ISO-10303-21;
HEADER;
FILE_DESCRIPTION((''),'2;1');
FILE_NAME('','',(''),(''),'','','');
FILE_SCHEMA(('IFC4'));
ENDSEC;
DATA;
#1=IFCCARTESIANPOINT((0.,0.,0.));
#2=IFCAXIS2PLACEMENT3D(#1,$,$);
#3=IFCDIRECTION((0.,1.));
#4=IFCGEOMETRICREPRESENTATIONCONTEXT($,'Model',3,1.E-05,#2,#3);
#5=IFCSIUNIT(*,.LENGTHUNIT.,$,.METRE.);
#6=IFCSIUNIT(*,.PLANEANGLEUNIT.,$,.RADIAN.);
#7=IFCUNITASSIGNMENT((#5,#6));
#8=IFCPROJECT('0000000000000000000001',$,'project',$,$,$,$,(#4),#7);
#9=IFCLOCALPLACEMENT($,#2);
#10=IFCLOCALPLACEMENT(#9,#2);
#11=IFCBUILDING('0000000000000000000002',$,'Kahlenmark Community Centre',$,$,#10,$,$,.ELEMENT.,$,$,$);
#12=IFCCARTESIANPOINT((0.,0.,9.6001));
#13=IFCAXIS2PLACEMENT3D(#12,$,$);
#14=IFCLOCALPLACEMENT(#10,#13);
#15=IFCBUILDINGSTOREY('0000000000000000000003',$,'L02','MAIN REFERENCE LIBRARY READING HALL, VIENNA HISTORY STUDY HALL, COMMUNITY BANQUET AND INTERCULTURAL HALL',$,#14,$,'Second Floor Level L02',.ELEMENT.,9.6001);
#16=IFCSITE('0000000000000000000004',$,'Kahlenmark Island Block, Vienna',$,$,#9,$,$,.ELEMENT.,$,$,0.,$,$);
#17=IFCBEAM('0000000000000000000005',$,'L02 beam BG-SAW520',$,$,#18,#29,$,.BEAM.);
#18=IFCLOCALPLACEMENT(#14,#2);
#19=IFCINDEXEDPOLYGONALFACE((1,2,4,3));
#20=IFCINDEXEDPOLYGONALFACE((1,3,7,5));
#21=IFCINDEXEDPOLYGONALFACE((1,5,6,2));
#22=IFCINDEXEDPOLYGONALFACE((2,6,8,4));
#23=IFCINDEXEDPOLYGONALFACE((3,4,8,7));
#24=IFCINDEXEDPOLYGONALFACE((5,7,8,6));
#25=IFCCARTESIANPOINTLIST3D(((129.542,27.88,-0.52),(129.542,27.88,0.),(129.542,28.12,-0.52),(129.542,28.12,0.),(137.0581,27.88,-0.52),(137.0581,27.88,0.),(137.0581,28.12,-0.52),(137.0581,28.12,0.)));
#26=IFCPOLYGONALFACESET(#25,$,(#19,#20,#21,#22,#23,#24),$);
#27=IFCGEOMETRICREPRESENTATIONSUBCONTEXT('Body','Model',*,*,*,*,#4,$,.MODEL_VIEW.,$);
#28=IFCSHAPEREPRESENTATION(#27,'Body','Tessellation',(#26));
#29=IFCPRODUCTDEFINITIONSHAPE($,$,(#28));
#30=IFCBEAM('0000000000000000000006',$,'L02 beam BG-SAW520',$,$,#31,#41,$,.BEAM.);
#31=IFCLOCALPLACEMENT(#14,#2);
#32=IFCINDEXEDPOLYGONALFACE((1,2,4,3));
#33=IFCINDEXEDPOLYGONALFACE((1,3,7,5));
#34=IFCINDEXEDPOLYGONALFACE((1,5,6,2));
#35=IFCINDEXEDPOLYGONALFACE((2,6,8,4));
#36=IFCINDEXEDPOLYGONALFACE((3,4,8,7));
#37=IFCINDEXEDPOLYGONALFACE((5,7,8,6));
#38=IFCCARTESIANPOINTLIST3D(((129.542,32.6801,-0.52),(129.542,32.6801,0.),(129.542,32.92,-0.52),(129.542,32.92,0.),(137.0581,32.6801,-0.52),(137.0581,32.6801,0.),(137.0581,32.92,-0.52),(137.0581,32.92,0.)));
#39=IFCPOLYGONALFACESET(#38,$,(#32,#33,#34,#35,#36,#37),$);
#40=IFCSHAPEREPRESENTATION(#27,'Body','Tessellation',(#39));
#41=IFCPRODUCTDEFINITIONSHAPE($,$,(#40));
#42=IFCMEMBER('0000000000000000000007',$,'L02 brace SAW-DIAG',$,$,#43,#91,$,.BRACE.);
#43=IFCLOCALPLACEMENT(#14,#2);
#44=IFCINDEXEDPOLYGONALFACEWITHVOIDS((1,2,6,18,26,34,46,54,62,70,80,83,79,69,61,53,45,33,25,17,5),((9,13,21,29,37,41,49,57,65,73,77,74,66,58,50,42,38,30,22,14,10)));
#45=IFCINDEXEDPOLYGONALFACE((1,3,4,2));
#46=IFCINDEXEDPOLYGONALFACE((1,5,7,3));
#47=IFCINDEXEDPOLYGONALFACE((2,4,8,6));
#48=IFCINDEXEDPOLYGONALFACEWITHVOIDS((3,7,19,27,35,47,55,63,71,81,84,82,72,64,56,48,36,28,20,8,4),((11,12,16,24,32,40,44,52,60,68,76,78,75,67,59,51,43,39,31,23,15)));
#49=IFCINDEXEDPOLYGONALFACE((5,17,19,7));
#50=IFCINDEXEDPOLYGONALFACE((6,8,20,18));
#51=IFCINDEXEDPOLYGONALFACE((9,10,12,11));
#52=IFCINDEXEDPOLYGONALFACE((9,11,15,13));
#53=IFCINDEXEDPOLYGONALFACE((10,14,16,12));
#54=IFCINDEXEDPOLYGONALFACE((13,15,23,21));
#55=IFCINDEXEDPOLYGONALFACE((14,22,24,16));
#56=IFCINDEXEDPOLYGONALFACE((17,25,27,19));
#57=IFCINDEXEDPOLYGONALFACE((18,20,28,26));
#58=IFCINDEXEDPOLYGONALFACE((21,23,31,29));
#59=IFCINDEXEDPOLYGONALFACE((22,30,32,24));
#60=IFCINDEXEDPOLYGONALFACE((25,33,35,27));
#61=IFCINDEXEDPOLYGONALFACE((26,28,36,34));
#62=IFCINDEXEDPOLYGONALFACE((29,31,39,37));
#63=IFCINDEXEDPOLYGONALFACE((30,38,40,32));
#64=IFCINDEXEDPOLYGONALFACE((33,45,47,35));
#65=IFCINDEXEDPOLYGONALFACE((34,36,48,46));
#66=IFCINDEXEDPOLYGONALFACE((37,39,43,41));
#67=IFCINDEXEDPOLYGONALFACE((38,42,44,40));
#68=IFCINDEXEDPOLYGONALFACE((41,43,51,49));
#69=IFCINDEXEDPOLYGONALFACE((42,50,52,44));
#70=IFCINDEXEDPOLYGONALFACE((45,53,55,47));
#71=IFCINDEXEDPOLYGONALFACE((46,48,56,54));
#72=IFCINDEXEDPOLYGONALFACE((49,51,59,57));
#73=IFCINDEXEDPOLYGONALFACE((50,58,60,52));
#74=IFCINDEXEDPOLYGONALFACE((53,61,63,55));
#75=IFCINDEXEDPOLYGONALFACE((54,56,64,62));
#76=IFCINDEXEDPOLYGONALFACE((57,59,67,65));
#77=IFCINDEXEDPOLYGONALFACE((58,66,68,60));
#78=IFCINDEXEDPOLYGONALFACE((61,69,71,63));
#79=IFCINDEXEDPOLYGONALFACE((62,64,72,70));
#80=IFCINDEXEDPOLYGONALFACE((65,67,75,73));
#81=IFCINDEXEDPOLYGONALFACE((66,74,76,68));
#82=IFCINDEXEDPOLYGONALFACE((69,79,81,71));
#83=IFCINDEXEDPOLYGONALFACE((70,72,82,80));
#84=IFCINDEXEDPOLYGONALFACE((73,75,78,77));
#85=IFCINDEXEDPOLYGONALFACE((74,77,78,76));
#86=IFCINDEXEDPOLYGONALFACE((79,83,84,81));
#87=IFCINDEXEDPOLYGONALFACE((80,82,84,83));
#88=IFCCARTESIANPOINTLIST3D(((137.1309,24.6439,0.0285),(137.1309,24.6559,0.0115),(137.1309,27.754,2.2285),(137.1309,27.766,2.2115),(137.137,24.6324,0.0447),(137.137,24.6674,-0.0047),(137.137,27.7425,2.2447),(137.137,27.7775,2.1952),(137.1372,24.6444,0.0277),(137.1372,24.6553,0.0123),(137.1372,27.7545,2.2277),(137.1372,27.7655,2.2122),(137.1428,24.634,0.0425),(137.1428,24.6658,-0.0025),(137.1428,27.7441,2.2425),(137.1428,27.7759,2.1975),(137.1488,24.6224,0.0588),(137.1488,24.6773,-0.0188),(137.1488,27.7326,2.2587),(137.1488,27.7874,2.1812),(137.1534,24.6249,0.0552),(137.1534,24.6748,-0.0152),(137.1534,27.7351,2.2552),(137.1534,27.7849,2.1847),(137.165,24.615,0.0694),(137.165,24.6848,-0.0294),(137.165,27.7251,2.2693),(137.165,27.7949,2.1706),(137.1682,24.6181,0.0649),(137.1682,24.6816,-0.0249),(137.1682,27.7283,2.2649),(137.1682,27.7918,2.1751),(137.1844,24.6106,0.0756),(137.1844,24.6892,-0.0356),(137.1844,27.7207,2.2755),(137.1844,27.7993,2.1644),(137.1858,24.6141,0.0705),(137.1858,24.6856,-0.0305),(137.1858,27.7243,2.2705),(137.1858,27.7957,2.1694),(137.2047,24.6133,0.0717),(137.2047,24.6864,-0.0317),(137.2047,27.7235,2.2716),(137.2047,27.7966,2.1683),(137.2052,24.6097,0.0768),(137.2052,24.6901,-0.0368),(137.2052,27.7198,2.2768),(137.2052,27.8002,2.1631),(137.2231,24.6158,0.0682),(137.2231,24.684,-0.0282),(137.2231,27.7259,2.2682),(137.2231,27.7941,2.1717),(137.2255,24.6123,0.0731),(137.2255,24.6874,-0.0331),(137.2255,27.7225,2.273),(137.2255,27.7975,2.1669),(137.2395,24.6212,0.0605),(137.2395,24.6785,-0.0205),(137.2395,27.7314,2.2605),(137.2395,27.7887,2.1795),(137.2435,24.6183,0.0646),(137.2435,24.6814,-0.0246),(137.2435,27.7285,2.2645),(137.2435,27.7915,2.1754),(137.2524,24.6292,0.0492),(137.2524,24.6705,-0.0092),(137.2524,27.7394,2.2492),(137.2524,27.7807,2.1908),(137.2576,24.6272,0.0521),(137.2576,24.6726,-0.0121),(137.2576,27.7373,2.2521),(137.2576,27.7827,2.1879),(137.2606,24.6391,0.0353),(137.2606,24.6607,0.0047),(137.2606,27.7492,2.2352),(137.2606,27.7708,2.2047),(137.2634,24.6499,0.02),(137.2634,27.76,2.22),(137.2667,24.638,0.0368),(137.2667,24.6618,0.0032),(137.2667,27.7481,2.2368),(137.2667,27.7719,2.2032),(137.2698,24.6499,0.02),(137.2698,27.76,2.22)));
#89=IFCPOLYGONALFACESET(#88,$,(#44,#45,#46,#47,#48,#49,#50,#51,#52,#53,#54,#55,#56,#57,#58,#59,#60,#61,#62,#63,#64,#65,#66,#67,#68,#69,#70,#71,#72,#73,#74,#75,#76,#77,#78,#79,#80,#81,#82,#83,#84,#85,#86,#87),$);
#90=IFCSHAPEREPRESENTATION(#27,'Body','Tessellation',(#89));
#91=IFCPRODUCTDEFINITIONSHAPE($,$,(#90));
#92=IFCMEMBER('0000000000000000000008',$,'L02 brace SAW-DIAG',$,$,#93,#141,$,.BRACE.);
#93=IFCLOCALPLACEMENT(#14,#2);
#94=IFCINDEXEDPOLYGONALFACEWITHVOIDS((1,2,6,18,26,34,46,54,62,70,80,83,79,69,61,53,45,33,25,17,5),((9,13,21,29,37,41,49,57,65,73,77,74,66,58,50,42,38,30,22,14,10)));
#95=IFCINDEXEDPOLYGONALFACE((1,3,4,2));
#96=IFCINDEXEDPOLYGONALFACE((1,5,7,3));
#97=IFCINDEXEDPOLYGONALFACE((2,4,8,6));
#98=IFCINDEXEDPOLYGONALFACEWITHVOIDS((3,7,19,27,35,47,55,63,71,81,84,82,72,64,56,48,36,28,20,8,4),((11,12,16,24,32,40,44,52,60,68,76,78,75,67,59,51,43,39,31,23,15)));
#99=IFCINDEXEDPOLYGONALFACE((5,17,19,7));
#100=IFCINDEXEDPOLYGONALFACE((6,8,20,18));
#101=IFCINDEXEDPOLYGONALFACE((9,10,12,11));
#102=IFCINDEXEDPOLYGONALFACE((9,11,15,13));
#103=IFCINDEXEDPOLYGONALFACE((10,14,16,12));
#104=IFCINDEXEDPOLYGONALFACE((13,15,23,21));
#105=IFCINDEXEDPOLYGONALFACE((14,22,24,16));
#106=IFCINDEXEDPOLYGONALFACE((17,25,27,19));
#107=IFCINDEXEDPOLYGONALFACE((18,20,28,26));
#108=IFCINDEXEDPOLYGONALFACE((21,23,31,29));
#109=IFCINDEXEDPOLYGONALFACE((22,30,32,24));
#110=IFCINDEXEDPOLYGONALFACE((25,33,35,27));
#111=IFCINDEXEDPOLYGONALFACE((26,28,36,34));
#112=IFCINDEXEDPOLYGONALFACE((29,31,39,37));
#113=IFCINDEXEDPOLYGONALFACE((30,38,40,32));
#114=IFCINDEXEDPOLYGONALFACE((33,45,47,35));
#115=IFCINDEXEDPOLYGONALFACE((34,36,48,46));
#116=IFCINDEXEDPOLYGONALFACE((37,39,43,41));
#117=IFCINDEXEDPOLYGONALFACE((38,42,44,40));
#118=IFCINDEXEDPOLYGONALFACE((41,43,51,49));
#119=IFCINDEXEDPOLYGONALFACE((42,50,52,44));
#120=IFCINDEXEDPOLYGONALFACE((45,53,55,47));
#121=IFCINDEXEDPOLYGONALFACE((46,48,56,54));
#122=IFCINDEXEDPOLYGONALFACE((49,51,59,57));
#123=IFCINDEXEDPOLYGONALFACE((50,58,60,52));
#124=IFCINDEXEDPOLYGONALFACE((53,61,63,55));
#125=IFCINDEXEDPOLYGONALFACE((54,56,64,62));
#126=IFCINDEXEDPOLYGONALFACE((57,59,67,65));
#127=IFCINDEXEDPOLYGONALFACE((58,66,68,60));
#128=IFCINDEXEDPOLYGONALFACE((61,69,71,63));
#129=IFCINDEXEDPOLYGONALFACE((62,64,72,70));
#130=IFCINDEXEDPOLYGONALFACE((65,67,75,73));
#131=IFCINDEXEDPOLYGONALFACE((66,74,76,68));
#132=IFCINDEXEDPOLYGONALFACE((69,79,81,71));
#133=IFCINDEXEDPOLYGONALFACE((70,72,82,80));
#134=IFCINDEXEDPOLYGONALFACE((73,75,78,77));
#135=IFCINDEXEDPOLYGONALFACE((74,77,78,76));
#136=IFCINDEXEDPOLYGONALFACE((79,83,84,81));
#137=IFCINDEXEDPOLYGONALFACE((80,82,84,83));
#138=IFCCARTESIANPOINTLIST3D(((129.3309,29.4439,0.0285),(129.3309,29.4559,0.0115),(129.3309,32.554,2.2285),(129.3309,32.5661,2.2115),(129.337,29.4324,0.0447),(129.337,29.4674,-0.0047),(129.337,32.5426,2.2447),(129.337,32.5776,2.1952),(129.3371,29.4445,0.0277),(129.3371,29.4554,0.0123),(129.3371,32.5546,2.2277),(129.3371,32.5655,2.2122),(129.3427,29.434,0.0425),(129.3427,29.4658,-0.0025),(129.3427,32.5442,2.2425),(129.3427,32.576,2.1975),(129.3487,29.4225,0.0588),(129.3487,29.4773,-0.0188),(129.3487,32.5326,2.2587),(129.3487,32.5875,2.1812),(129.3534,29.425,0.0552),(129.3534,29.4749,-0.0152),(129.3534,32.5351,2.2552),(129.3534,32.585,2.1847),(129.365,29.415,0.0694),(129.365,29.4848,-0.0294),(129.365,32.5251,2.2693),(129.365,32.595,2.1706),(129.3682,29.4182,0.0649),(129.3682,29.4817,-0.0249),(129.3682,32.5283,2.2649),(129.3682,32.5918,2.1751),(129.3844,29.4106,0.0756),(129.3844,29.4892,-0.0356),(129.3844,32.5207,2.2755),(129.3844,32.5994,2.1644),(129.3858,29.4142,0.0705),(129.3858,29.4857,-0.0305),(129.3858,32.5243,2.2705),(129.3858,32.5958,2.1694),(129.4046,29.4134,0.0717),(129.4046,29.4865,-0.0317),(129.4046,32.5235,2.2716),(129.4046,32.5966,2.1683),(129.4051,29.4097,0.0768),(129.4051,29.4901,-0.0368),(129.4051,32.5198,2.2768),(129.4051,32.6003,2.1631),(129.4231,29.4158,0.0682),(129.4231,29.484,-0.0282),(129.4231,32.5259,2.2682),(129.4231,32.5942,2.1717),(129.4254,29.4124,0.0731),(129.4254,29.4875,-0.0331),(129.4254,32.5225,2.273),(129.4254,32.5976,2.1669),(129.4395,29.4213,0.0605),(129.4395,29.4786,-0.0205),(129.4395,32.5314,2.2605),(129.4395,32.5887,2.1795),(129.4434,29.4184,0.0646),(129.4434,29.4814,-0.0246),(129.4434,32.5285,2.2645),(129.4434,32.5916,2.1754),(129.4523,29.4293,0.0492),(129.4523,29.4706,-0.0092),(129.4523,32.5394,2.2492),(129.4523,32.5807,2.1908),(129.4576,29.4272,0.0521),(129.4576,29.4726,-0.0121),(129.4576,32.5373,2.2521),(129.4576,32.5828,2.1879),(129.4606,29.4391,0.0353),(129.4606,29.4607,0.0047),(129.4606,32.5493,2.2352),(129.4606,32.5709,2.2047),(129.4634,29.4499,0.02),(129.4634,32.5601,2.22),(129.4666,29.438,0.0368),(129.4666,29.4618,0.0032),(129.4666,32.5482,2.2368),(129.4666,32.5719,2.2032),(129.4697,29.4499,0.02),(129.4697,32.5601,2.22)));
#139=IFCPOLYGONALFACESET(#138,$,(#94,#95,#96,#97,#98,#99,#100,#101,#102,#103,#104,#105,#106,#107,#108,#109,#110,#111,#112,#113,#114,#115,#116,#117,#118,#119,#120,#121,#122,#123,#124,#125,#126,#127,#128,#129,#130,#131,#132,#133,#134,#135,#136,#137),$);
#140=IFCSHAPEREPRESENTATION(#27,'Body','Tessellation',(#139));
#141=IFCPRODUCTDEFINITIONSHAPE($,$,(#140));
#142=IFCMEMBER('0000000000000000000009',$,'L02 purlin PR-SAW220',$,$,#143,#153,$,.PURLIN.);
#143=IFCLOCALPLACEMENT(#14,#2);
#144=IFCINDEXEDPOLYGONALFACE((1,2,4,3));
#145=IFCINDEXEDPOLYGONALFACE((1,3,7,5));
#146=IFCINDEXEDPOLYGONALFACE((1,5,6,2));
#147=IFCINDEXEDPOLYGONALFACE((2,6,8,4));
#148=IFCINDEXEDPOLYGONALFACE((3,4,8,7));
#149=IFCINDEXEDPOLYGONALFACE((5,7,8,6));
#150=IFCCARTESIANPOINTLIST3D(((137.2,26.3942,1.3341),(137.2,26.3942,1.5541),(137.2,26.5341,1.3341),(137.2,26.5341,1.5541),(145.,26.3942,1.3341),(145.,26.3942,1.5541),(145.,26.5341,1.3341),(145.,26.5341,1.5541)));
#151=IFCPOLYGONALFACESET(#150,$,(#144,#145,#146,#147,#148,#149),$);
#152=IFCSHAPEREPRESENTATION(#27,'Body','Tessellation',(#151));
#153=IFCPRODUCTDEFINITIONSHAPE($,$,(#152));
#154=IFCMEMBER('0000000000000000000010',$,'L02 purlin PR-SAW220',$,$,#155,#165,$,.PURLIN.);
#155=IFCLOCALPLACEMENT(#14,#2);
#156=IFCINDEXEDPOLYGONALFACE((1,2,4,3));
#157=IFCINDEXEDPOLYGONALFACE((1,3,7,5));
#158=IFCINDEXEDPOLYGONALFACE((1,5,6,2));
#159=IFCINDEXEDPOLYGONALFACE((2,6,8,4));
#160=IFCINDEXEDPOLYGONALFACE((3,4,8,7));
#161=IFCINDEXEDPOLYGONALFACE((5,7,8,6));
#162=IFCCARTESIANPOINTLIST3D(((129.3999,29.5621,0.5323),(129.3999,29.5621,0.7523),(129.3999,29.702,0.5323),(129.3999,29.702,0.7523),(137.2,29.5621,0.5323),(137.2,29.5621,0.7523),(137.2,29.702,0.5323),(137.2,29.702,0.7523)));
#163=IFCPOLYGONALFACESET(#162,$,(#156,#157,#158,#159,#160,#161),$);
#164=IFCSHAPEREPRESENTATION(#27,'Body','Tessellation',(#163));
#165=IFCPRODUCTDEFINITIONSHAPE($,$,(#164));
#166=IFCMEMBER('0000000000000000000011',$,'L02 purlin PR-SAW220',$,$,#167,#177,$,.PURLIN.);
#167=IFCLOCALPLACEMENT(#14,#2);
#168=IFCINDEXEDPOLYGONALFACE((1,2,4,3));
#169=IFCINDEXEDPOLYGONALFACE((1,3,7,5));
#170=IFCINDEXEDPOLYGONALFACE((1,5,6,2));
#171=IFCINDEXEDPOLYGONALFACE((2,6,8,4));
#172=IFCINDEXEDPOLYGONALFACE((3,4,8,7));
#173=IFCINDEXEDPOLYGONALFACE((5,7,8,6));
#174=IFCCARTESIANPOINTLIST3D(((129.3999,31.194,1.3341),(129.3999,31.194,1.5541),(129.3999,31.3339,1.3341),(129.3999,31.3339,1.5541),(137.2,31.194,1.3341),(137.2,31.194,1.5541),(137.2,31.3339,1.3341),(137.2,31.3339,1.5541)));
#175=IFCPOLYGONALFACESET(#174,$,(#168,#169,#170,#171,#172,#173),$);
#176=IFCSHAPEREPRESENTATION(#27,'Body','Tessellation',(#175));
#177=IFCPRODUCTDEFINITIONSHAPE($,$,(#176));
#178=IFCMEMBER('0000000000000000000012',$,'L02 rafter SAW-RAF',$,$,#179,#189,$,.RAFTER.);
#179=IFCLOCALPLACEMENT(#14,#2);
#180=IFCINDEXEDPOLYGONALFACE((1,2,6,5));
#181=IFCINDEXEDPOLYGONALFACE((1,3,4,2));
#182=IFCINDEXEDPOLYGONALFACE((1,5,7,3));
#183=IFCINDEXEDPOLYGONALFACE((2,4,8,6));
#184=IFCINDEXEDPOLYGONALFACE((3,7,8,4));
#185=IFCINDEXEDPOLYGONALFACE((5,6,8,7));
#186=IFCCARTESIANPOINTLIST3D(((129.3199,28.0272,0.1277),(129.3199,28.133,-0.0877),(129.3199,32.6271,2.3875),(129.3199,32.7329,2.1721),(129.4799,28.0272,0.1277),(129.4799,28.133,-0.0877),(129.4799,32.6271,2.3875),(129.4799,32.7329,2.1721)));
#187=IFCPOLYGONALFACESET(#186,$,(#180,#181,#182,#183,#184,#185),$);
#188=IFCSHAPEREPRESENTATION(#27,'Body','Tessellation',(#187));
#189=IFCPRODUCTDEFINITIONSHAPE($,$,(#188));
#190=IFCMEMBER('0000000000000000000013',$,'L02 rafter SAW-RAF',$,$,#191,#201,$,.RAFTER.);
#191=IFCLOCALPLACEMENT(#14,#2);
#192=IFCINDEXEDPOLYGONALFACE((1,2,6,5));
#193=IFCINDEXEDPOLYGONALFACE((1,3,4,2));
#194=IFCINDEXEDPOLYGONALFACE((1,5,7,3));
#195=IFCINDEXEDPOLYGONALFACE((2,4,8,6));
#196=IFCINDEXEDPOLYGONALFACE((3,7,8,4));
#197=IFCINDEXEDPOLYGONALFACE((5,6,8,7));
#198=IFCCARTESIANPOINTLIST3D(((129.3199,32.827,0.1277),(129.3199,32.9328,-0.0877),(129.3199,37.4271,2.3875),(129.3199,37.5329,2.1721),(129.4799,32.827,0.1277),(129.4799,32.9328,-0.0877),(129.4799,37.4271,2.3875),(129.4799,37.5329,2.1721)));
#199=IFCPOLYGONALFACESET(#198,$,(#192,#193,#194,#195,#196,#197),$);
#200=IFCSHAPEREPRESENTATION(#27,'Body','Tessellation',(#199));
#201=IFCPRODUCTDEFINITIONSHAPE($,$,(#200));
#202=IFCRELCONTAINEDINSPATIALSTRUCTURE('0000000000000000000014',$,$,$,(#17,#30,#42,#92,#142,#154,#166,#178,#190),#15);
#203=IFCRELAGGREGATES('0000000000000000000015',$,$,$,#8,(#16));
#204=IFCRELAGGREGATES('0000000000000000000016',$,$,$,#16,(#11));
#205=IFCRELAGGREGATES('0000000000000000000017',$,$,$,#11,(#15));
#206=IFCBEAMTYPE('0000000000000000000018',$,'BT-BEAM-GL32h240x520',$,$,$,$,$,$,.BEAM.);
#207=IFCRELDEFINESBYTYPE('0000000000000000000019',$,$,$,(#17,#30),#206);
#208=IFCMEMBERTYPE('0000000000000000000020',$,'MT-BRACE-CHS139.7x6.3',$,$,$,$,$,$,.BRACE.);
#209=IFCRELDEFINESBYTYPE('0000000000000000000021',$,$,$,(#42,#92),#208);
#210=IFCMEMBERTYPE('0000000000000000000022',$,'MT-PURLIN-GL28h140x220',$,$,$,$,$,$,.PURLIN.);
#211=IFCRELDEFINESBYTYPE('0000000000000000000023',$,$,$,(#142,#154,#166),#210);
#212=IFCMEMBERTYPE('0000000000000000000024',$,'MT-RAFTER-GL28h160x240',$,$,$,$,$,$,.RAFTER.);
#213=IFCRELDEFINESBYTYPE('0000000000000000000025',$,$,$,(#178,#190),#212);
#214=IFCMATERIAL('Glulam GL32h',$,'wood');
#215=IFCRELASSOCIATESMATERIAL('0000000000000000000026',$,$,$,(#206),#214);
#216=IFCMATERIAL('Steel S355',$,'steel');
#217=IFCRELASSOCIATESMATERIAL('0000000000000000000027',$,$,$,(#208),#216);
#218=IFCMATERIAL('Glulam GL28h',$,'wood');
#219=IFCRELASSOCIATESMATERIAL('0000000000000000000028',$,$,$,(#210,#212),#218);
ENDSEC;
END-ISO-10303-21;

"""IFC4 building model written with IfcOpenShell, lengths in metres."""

from ifc_helpers import new_model, si_unit, direction, frame, origin, origin_2d, place, context, subcontext, project, spatial, rectangle, hollow_circle, extrude, material, material_profile, profile_set, type_object, element, save


model = new_model("IFC4")

# Units and contexts
model_context = context("Model", 3, precision=1e-05, world=origin(), true_north=direction((0.0, 1.0)))
body_context = subcontext(model_context, "Body", "Model", "MODEL_VIEW")
ifc_project = project(units=[si_unit("LENGTHUNIT", "METRE"), si_unit("PLANEANGLEUNIT", "RADIAN")], contexts=[model_context])

# Site, building, storey
site_placement = place(None, origin())
site = spatial("IfcSite", under=ifc_project, at=site_placement, Name="Kahlenmark Island Block, Vienna", CompositionType="ELEMENT", RefElevation=0.0)
building_placement = place(site_placement, origin())
building = spatial("IfcBuilding", under=site, at=building_placement, Name="Kahlenmark Community Centre", CompositionType="ELEMENT")
storey_placement = place(building_placement, frame((0.0, 0.0, 9.6001)))
storey = spatial("IfcBuildingStorey", under=building, at=storey_placement, Name="L02", Description="MAIN REFERENCE LIBRARY READING HALL, VIENNA HISTORY STUDY HALL, COMMUNITY BANQUET AND INTERCULTURAL HALL", LongName="Second Floor Level L02", CompositionType="ELEMENT", Elevation=9.6001)

# Beams
ifc_material_1 = material(Name="Glulam GL32h", Category="wood")
ifc_material_profile_1 = material_profile(ifc_material_1, rectangle(XDim=0.24, YDim=0.52, at=origin_2d()), Name="GL32h 240x520")
ifc_profile_set_1 = profile_set([ifc_material_profile_1], Name="Glulam GL32h")
beam_type = type_object("IfcBeamType", Name="BT-BEAM-GL32h240x520", PredefinedType="BEAM", material=ifc_profile_set_1)
for number, where, z_axis, x_axis, name in (
    (1, (129.542, 28.0, -0.26), (1.0, 0.0, 0.0), (0.0, 1.0, 0.0), "L02 beam BG-SAW520"),
    (2, (129.542, 32.8, -0.26), (1.0, 0.0, 0.0), (0.0, 1.0, 0.0), "L02 beam BG-SAW520"),
):
    element("IfcBeam", number, at=place(storey_placement, frame(where, z_axis=z_axis, x_axis=x_axis)), inside=storey, type_object=beam_type, Name=name, PredefinedType="BEAM", context=body_context, shape_type="SweptSolid", body=[
        extrude(rectangle(XDim=0.24, YDim=0.52, at=origin_2d()), origin(), (0.0, 0.0, 1.0), 7.5161),
    ])

# Members
ifc_material_2 = material(Name="Steel S355", Category="steel")
ifc_material_profile_2 = material_profile(ifc_material_2, hollow_circle(Radius=0.0698, WallThickness=0.0063, at=origin_2d()), Name="CHS 139.7x6.3")
ifc_profile_set_2 = profile_set([ifc_material_profile_2], Name="Steel S355")
member_type_1 = type_object("IfcMemberType", Name="MT-BRACE-CHS139.7x6.3", PredefinedType="BRACE", material=ifc_profile_set_2)
for number, where, z_axis, x_axis, name in (
    (3, (137.2, 27.76, 2.22), (0.0, -0.816401, -0.577486), (1.0, 0.0, 0.0), "L02 brace SAW-DIAG"),
    (4, (129.3999, 32.5601, 2.22), (0.0, -0.816401, -0.577486), (1.0, 0.0, 0.0), "L02 brace SAW-DIAG"),
):
    element("IfcMember", number, at=place(storey_placement, frame(where, z_axis=z_axis, x_axis=x_axis)), inside=storey, type_object=member_type_1, Name=name, PredefinedType="BRACE", context=body_context, shape_type="SweptSolid", body=[
        extrude(hollow_circle(Radius=0.0698, WallThickness=0.0063, at=origin_2d()), origin(), (0.0, 0.0, 1.0), 3.8096),
    ])
ifc_material_3 = material(Name="Glulam GL28h", Category="wood")
ifc_material_profile_3 = material_profile(ifc_material_3, rectangle(XDim=0.1399, YDim=0.22, at=origin_2d()), Name="GL28h 140x220")
ifc_profile_set_3 = profile_set([ifc_material_profile_3], Name="Glulam GL28h")
member_type_2 = type_object("IfcMemberType", Name="MT-PURLIN-GL28h140x220", PredefinedType="PURLIN", material=ifc_profile_set_3)
for number, where, z_axis, x_axis, name in (
    (5, (137.2, 26.4641, 1.4441), (1.0, 0.0, 0.0), (0.0, 1.0, 0.0), "L02 purlin PR-SAW220"),
    (6, (129.3999, 29.6321, 0.6423), (1.0, 0.0, 0.0), (0.0, 1.0, 0.0), "L02 purlin PR-SAW220"),
    (7, (129.3999, 31.2639, 1.4441), (1.0, 0.0, 0.0), (0.0, 1.0, 0.0), "L02 purlin PR-SAW220"),
):
    element("IfcMember", number, at=place(storey_placement, frame(where, z_axis=z_axis, x_axis=x_axis)), inside=storey, type_object=member_type_2, Name=name, PredefinedType="PURLIN", context=body_context, shape_type="SweptSolid", body=[
        extrude(rectangle(XDim=0.1399, YDim=0.22, at=origin_2d()), origin(), (0.0, 0.0, 1.0), 7.8),
    ])
ifc_material_profile_4 = material_profile(ifc_material_3, rectangle(XDim=0.1599, YDim=0.24, at=origin_2d()), Name="GL28h 160x240")
ifc_profile_set_4 = profile_set([ifc_material_profile_4], Name="Glulam GL28h")
member_type_3 = type_object("IfcMemberType", Name="MT-RAFTER-GL28h160x240", PredefinedType="RAFTER", material=ifc_profile_set_4)
member_1_placement = place(storey_placement, frame((129.3999, 28.0801, 0.02), z_axis=(0.0, 0.89754, 0.440934), x_axis=(-1.0, 0.0, 0.0)))
element("IfcMember", 8, at=member_1_placement, inside=storey, type_object=member_type_3, Name="L02 rafter SAW-RAF", PredefinedType="RAFTER", context=body_context, shape_type="SweptSolid", body=[
    extrude(rectangle(XDim=0.1599, YDim=0.24, at=origin_2d()), origin(), (0.0, 0.0, 1.0), 5.125),
])
member_2_placement = place(storey_placement, frame((129.3999, 32.8799, 0.02), z_axis=(0.0, 0.897549, 0.440915), x_axis=(-1.0, 0.0, 0.0)))
element("IfcMember", 9, at=member_2_placement, inside=storey, type_object=member_type_3, Name="L02 rafter SAW-RAF", PredefinedType="RAFTER", context=body_context, shape_type="SweptSolid", body=[
    extrude(rectangle(XDim=0.1599, YDim=0.24, at=origin_2d()), origin(), (0.0, 0.0, 1.0), 5.1252),
])

save(model, "model.ifc")
